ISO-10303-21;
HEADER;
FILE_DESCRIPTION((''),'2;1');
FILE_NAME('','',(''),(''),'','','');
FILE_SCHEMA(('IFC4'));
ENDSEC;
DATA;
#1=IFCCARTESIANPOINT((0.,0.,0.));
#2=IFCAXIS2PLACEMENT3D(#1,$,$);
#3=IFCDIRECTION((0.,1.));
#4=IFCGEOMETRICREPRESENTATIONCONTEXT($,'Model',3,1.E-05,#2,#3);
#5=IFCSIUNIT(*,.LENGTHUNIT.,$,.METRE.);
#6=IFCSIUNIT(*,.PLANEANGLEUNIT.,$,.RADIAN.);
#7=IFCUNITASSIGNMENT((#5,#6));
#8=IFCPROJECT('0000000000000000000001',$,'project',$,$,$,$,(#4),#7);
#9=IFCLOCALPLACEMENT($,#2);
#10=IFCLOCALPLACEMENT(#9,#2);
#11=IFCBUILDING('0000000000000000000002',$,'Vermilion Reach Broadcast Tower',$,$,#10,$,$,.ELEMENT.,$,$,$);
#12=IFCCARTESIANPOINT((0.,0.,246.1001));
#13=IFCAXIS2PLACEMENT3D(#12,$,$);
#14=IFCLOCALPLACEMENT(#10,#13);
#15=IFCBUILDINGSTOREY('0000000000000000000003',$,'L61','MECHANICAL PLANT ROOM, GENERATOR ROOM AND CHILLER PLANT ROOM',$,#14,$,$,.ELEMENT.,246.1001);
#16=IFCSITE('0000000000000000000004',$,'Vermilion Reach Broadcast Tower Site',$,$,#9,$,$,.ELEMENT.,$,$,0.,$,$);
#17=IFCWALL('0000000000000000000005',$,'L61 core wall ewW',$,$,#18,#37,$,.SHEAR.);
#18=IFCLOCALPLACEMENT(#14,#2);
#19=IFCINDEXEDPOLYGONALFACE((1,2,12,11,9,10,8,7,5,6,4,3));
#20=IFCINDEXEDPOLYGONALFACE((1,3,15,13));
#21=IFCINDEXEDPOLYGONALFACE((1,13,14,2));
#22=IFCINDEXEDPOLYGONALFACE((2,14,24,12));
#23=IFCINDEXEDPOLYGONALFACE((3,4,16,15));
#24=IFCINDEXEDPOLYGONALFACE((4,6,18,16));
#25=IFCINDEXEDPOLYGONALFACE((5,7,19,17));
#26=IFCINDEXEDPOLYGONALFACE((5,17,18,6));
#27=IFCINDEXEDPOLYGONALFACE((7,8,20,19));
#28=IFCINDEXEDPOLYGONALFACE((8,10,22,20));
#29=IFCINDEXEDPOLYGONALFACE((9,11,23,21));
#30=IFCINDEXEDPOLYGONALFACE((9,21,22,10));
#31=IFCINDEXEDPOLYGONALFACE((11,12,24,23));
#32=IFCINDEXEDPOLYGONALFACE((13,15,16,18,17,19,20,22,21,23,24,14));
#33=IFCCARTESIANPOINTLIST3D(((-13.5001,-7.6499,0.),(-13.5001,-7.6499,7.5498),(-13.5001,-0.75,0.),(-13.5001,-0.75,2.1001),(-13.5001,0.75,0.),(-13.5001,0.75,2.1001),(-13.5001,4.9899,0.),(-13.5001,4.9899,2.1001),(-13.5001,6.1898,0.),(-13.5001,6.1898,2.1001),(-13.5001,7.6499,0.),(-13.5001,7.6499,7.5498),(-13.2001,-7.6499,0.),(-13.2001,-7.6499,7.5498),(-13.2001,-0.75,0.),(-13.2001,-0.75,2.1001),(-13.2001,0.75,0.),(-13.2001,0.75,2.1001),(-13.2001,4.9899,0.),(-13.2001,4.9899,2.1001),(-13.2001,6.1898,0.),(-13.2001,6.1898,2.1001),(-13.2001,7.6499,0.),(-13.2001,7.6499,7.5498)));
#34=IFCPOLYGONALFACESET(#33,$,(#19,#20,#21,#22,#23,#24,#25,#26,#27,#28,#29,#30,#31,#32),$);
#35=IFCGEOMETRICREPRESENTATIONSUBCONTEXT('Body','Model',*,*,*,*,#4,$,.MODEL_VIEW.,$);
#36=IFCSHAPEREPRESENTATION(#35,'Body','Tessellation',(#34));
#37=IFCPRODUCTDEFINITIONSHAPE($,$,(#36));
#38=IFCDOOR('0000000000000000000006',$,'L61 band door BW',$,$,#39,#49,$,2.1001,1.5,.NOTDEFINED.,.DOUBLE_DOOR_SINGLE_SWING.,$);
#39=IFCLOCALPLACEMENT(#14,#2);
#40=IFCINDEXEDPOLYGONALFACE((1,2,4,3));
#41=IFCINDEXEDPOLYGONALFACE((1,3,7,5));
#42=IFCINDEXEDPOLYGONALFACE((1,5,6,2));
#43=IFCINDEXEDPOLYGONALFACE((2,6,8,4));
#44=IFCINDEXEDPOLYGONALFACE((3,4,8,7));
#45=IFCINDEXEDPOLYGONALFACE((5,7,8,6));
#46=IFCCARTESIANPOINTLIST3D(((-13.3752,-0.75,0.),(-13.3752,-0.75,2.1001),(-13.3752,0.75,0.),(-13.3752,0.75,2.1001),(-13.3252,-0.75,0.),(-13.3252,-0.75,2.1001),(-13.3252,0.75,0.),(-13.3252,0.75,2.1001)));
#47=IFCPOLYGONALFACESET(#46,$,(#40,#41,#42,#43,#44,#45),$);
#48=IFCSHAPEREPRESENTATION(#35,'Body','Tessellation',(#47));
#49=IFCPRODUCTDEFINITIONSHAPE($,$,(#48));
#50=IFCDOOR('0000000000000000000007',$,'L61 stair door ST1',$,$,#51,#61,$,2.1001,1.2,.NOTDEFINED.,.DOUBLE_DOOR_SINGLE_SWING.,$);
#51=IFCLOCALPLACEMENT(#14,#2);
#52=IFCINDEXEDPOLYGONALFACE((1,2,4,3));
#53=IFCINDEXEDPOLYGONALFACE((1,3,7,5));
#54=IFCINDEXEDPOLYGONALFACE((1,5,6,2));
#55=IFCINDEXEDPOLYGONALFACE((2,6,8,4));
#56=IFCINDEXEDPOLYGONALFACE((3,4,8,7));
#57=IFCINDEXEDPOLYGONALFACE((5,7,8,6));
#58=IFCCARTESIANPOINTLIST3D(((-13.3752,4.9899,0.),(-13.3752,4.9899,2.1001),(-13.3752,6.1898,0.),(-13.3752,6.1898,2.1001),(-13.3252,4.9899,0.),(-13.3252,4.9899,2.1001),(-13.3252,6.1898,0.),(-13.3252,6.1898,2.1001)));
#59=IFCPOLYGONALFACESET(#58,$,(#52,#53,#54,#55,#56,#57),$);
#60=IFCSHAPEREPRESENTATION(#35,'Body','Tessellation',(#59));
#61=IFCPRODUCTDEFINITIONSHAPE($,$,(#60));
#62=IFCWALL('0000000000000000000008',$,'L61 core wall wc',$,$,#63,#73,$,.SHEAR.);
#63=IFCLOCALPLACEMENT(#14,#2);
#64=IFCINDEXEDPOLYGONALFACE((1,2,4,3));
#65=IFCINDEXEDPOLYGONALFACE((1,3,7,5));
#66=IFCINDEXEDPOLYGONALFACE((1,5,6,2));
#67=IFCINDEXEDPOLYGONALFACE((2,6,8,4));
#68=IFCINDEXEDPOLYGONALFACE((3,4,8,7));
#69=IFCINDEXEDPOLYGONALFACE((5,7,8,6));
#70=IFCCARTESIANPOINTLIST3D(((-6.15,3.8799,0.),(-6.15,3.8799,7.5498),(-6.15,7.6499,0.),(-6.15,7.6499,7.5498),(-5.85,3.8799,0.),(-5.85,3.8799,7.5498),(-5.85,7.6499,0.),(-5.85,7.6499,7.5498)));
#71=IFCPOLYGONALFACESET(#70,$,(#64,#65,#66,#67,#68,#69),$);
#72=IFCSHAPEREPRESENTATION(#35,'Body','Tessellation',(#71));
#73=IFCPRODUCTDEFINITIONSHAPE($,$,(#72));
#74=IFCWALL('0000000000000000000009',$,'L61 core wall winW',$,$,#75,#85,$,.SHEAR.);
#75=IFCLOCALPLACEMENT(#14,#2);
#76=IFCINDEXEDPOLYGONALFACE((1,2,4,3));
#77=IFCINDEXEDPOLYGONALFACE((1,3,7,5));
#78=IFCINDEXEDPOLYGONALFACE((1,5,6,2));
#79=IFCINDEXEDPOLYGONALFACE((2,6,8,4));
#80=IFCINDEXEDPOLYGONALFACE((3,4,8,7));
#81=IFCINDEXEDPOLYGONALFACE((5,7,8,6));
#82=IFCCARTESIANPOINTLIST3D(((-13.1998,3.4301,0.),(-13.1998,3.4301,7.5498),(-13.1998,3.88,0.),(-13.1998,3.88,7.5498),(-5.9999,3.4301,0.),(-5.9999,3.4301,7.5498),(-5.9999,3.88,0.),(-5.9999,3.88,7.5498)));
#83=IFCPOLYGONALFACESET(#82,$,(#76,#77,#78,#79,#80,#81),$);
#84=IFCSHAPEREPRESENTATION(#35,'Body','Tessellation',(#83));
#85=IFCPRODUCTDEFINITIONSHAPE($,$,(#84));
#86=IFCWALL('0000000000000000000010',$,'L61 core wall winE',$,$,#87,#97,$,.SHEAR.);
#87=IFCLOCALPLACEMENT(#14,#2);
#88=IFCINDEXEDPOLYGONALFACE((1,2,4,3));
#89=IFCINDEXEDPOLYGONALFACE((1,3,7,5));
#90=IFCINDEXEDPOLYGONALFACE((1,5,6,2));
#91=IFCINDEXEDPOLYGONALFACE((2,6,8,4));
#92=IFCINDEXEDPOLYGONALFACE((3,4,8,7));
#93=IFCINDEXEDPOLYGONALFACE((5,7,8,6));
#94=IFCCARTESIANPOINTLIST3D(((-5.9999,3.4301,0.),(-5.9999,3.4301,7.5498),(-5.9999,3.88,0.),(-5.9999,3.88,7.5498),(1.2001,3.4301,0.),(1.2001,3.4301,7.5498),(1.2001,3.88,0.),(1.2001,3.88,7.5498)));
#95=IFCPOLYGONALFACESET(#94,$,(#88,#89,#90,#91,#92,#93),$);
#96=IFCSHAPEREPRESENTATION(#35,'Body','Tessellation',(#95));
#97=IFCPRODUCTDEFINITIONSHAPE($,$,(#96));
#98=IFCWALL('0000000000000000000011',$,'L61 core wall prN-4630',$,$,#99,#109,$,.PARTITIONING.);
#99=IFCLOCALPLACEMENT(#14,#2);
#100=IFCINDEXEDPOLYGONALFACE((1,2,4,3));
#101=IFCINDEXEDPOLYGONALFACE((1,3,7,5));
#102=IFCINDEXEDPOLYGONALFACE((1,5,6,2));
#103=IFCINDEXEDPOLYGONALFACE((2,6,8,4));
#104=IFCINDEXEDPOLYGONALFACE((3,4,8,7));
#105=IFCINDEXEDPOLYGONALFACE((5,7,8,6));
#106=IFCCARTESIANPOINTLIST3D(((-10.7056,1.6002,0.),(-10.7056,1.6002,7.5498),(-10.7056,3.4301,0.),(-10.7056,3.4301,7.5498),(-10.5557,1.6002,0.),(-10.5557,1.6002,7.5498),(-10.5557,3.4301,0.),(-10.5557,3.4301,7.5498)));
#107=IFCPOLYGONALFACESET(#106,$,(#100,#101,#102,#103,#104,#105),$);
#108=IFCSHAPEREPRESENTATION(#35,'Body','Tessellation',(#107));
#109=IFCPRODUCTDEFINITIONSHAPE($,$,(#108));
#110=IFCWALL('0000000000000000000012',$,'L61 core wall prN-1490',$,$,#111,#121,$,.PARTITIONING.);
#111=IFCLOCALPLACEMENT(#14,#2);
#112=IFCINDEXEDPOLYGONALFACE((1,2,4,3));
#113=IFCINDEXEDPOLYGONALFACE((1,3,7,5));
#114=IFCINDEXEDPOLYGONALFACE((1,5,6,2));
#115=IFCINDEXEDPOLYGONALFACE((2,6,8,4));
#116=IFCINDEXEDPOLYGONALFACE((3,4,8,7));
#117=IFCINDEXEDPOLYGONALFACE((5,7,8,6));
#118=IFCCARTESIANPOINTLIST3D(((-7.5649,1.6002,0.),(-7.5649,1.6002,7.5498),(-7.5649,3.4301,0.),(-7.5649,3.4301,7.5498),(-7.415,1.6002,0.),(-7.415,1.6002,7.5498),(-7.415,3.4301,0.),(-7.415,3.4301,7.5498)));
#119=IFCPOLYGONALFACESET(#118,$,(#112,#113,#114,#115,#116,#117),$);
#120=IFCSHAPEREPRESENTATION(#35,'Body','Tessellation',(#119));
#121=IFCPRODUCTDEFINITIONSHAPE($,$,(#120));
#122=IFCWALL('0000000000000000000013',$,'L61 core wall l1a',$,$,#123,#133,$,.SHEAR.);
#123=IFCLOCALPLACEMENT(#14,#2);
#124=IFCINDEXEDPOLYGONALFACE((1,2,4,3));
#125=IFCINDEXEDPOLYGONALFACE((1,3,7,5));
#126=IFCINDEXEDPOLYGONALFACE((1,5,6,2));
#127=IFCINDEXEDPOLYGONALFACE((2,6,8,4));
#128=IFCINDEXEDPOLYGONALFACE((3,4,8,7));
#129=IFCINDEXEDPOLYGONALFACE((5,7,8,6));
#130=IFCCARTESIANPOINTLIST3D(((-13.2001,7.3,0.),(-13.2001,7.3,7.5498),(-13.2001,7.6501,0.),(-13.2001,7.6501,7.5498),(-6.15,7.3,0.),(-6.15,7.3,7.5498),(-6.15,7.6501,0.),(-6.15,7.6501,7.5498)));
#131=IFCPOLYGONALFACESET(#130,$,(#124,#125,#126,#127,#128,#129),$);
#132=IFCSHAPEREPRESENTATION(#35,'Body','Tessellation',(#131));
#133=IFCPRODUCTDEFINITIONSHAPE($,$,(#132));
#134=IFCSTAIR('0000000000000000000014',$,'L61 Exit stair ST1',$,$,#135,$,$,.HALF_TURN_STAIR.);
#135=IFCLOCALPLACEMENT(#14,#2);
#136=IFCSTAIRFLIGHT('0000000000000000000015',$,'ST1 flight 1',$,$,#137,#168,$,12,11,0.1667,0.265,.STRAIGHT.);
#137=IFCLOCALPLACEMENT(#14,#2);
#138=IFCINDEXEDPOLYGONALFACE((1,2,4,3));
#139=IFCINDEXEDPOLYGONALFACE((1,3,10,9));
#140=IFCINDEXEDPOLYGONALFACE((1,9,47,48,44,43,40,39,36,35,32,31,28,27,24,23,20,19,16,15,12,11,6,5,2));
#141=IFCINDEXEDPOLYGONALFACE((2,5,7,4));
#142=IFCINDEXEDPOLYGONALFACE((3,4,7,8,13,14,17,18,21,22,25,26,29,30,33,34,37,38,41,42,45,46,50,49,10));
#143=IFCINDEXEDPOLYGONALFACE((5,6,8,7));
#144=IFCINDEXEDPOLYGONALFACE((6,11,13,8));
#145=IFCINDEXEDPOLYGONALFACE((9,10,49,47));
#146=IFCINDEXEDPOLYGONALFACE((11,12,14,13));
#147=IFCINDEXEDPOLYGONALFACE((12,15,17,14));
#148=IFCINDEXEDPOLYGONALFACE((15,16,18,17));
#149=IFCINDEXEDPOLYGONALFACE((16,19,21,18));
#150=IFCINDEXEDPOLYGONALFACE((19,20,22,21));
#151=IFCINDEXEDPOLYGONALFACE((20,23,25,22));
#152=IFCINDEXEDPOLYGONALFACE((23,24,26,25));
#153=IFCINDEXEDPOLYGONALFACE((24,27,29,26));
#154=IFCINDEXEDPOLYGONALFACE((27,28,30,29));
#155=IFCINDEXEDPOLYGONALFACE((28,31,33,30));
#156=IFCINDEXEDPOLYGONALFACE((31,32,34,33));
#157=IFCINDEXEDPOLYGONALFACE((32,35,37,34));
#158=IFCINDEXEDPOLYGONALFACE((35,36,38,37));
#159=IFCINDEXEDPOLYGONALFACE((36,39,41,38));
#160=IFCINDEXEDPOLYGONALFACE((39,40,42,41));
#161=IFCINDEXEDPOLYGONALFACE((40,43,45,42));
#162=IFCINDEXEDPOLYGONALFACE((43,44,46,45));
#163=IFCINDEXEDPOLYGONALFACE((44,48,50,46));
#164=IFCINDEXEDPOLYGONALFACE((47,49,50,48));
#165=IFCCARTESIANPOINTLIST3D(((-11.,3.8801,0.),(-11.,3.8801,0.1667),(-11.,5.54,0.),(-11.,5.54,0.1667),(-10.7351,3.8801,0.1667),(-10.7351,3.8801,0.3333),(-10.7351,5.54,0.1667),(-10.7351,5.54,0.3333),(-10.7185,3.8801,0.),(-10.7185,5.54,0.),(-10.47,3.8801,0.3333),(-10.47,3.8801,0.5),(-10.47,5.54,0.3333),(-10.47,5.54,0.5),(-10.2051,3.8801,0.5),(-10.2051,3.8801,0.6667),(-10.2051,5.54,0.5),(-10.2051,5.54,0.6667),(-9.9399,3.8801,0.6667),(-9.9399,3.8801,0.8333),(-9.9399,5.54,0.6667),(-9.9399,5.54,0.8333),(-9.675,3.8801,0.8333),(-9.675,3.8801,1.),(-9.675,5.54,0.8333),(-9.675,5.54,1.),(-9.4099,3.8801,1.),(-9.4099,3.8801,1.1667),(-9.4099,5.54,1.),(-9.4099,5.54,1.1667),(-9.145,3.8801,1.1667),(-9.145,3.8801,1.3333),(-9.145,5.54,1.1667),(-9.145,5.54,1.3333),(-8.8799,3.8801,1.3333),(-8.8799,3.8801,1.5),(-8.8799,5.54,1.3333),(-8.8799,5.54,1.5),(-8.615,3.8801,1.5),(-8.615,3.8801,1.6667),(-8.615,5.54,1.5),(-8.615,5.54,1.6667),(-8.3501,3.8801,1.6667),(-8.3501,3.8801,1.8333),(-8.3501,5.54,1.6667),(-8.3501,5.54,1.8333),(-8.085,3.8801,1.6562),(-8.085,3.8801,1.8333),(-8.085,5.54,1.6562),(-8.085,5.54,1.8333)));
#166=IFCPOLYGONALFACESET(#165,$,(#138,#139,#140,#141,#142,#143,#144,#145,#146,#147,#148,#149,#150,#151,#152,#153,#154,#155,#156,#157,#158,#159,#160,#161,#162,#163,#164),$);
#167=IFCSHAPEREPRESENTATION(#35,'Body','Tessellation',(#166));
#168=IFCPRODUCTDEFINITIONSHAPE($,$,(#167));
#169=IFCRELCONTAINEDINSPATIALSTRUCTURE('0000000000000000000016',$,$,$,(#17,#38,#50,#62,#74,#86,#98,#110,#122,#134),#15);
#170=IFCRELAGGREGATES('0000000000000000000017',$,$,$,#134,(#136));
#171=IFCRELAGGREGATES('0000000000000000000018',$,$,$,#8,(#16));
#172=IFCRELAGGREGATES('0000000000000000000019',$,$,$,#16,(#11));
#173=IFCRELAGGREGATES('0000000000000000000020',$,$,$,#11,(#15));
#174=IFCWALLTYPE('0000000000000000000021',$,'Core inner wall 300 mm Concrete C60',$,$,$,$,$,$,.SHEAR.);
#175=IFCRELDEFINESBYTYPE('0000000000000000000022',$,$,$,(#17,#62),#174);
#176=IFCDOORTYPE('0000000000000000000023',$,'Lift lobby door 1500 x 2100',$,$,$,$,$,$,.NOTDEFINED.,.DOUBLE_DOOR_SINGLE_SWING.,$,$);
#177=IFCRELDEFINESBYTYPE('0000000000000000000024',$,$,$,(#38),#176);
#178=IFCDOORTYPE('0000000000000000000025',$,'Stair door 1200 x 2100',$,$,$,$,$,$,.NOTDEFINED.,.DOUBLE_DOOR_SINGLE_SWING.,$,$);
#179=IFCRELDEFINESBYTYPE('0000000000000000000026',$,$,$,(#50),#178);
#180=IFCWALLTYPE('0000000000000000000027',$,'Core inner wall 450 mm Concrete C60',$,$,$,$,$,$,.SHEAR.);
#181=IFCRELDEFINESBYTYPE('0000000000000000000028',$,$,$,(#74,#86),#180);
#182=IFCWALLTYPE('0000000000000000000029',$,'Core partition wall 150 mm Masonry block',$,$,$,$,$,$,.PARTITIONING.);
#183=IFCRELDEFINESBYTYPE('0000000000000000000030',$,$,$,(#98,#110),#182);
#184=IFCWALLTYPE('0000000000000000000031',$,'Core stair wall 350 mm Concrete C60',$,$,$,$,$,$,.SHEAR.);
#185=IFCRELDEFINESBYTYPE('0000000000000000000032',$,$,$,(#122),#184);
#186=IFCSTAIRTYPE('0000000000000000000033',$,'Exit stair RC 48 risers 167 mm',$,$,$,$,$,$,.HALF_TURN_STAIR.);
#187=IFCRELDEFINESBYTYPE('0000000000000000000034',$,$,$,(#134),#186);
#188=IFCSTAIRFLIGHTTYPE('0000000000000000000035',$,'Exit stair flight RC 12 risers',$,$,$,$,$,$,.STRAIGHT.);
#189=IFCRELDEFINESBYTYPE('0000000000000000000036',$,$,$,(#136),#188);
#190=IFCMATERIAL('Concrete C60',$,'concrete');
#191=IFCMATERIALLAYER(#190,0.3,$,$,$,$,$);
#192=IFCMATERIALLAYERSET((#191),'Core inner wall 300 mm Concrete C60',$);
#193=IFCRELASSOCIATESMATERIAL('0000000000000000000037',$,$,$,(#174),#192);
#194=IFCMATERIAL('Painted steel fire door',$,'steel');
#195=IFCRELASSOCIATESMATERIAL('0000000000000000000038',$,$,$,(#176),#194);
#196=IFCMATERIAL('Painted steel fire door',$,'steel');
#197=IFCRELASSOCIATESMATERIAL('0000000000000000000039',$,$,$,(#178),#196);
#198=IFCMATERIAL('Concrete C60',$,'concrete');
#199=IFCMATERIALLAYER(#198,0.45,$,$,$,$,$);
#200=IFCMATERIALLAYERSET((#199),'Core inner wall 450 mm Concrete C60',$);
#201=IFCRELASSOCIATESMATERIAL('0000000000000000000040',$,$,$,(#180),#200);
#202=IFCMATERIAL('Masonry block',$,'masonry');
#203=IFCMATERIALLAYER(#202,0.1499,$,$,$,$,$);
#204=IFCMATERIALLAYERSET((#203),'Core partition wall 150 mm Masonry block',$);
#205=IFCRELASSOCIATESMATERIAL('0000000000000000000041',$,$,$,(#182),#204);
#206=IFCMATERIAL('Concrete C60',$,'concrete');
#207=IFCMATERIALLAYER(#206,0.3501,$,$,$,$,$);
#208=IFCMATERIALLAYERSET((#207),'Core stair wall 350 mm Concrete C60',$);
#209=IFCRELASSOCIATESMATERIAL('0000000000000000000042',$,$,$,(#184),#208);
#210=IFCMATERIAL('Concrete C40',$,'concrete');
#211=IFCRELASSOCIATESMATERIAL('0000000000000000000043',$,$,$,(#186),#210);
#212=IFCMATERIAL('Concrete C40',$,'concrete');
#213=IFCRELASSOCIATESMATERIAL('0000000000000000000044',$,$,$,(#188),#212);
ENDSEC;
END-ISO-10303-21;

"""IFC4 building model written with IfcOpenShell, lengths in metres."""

from ifc_helpers import new_model, si_unit, direction, frame, frame_2d, origin, place, context, subcontext, project, spatial, polyline, rectangle, outline, extrude, material, layer, layer_set, type_object, element, fill, aggregate, save


model = new_model("IFC4")

# Units and contexts
model_context = context("Model", 3, precision=1e-05, world=origin(), true_north=direction((0.0, 1.0)))
body_context = subcontext(model_context, "Body", "Model", "MODEL_VIEW")
ifc_project = project(units=[si_unit("LENGTHUNIT", "METRE"), si_unit("PLANEANGLEUNIT", "RADIAN")], contexts=[model_context])

# Site, building, storey
site_placement = place(None, origin())
site = spatial("IfcSite", under=ifc_project, at=site_placement, Name="Vermilion Reach Broadcast Tower Site", CompositionType="ELEMENT", RefElevation=0.0)
building_placement = place(site_placement, origin())
building = spatial("IfcBuilding", under=site, at=building_placement, Name="Vermilion Reach Broadcast Tower", CompositionType="ELEMENT")
storey_placement = place(building_placement, frame((0.0, 0.0, 246.1001)))
storey = spatial("IfcBuildingStorey", under=building, at=storey_placement, Name="L61", Description="MECHANICAL PLANT ROOM, GENERATOR ROOM AND CHILLER PLANT ROOM", CompositionType="ELEMENT", Elevation=246.1001)

# Wall, openings, doors
ifc_material_1 = material(Name="Concrete C60", Category="concrete")
ifc_layer_1 = layer(ifc_material_1, 0.3)
ifc_layer_set_1 = layer_set([ifc_layer_1], Name="Core inner wall 300 mm Concrete C60")
wall_type_1 = type_object("IfcWallType", Name="Core inner wall 300 mm Concrete C60", PredefinedType="SHEAR", material=ifc_layer_set_1)
wall_1_placement = place(storey_placement, frame((-13.3501, 7.6499, 0.0), z_axis=(0.0, 0.0, 1.0), x_axis=(0.0, -1.0, 0.0)))
wall_1 = element("IfcWall", 1, at=wall_1_placement, inside=storey, type_object=wall_type_1, Name="L61 core wall ewW", PredefinedType="SHEAR", context=body_context, shape_type="SweptSolid", body=[
    extrude(rectangle(XDim=15.2998, YDim=0.3, at=frame_2d((7.6499, 0.0))), origin(), (0.0, 0.0, 1.0), 7.5498),
])
opening_1_placement = place(wall_1_placement, frame((1.46, 0.0, 0.0)))
opening_1 = element("IfcOpeningElement", 2, at=opening_1_placement, cuts=wall_1, PredefinedType="OPENING", context=body_context, shape_type="SweptSolid", body=[
    extrude(rectangle(XDim=1.2, YDim=2.1001, at=frame_2d((0.6001, 1.05))), frame((0.0, 0.1599, 0.0), z_axis=(0.0, -1.0, 0.0), x_axis=(1.0, 0.0, 0.0)), (0.0, 0.0, 1.0), 0.3201),
])
opening_2_placement = place(wall_1_placement, frame((6.8999, 0.0, 0.0)))
opening_2 = element("IfcOpeningElement", 3, at=opening_2_placement, cuts=wall_1, PredefinedType="OPENING", context=body_context, shape_type="SweptSolid", body=[
    extrude(rectangle(XDim=1.5, YDim=2.1001, at=frame_2d((0.75, 1.05))), frame((0.0, 0.1599, 0.0), z_axis=(0.0, -1.0, 0.0), x_axis=(1.0, 0.0, 0.0)), (0.0, 0.0, 1.0), 0.3201),
])
ifc_material_2 = material(Name="Painted steel fire door", Category="steel")
door_type_1 = type_object("IfcDoorType", Name="Lift lobby door 1500 x 2100", OperationType="DOUBLE_DOOR_SINGLE_SWING", PredefinedType="NOTDEFINED", material=ifc_material_2)
door_1_placement = place(opening_2_placement, origin())
door_1 = element("IfcDoor", 4, at=door_1_placement, inside=storey, type_object=door_type_1, Name="L61 band door BW", OperationType="DOUBLE_DOOR_SINGLE_SWING", OverallHeight=2.1001, OverallWidth=1.5, PredefinedType="NOTDEFINED", context=body_context, shape_type="SweptSolid", body=[
    extrude(rectangle(XDim=1.5, YDim=2.1001, at=frame_2d((0.75, 1.05))), frame((0.0, 0.0249, 0.0), z_axis=(0.0, -1.0, 0.0), x_axis=(1.0, 0.0, 0.0)), (0.0, 0.0, 1.0), 0.05),
])
fill(opening_2, door_1)
ifc_material_3 = material(Name="Painted steel fire door", Category="steel")
door_type_2 = type_object("IfcDoorType", Name="Stair door 1200 x 2100", OperationType="DOUBLE_DOOR_SINGLE_SWING", PredefinedType="NOTDEFINED", material=ifc_material_3)
door_2_placement = place(opening_1_placement, origin())
door_2 = element("IfcDoor", 5, at=door_2_placement, inside=storey, type_object=door_type_2, Name="L61 stair door ST1", OperationType="DOUBLE_DOOR_SINGLE_SWING", OverallHeight=2.1001, OverallWidth=1.2, PredefinedType="NOTDEFINED", context=body_context, shape_type="SweptSolid", body=[
    extrude(rectangle(XDim=1.2, YDim=2.1001, at=frame_2d((0.6001, 1.05))), frame((0.0, 0.0249, 0.0), z_axis=(0.0, -1.0, 0.0), x_axis=(1.0, 0.0, 0.0)), (0.0, 0.0, 1.0), 0.05),
])
fill(opening_1, door_2)

# Walls
wall_2_placement = place(storey_placement, frame((-6.0, 3.8799, 0.0), z_axis=(0.0, 0.0, 1.0), x_axis=(0.0, 1.0, 0.0)))
element("IfcWall", 6, at=wall_2_placement, inside=storey, type_object=wall_type_1, Name="L61 core wall wc", PredefinedType="SHEAR", context=body_context, shape_type="SweptSolid", body=[
    extrude(rectangle(XDim=3.77, YDim=0.3, at=frame_2d((1.885, 0.0))), origin(), (0.0, 0.0, 1.0), 7.5498),
])
ifc_material_4 = material(Name="Concrete C60", Category="concrete")
ifc_layer_2 = layer(ifc_material_4, 0.45)
ifc_layer_set_2 = layer_set([ifc_layer_2], Name="Core inner wall 450 mm Concrete C60")
wall_type_2 = type_object("IfcWallType", Name="Core inner wall 450 mm Concrete C60", PredefinedType="SHEAR", material=ifc_layer_set_2)
for number, where, z_axis, x_axis, name in (
    (7, (-13.2, 3.655, 0.0), (0.0, 0.0, 1.0), (1.0, 0.0, 0.0), "L61 core wall winW"),
    (8, (-6.0, 3.655, 0.0), (0.0, 0.0, 1.0), (1.0, 0.0, 0.0), "L61 core wall winE"),
):
    element("IfcWall", number, at=place(storey_placement, frame(where, z_axis=z_axis, x_axis=x_axis)), inside=storey, type_object=wall_type_2, Name=name, PredefinedType="SHEAR", context=body_context, shape_type="SweptSolid", body=[
        extrude(rectangle(XDim=7.2, YDim=0.45, at=frame_2d((3.6001, 0.0))), origin(), (0.0, 0.0, 1.0), 7.5498),
    ])
ifc_material_5 = material(Name="Masonry block", Category="masonry")
ifc_layer_3 = layer(ifc_material_5, 0.1499)
ifc_layer_set_3 = layer_set([ifc_layer_3], Name="Core partition wall 150 mm Masonry block")
wall_type_3 = type_object("IfcWallType", Name="Core partition wall 150 mm Masonry block", PredefinedType="PARTITIONING", material=ifc_layer_set_3)
for number, where, z_axis, x_axis, name in (
    (9, (-10.6306, 1.6001, 0.0), (0.0, 0.0, 1.0), (0.0, 1.0, 0.0), "L61 core wall prN-4630"),
    (10, (-7.49, 1.6001, 0.0), (0.0, 0.0, 1.0), (0.0, 1.0, 0.0), "L61 core wall prN-1490"),
):
    element("IfcWall", number, at=place(storey_placement, frame(where, z_axis=z_axis, x_axis=x_axis)), inside=storey, type_object=wall_type_3, Name=name, PredefinedType="PARTITIONING", context=body_context, shape_type="SweptSolid", body=[
        extrude(rectangle(XDim=1.8298, YDim=0.1499, at=frame_2d((0.915, 0.0))), origin(), (0.0, 0.0, 1.0), 7.5498),
    ])
ifc_material_6 = material(Name="Concrete C60", Category="concrete")
ifc_layer_4 = layer(ifc_material_6, 0.3501)
ifc_layer_set_4 = layer_set([ifc_layer_4], Name="Core stair wall 350 mm Concrete C60")
wall_type_4 = type_object("IfcWallType", Name="Core stair wall 350 mm Concrete C60", PredefinedType="SHEAR", material=ifc_layer_set_4)
wall_3_placement = place(storey_placement, frame((-13.2, 7.4751, 0.0), z_axis=(0.0, 0.0, 1.0), x_axis=(1.0, 0.0, 0.0)))
element("IfcWall", 11, at=wall_3_placement, inside=storey, type_object=wall_type_4, Name="L61 core wall l1a", PredefinedType="SHEAR", context=body_context, shape_type="SweptSolid", body=[
    extrude(rectangle(XDim=7.05, YDim=0.3501, at=frame_2d((3.5249, 0.0))), origin(), (0.0, 0.0, 1.0), 7.5498),
])

# Stair, stair flight
ifc_material_7 = material(Name="Concrete C40", Category="concrete")
stair_type = type_object("IfcStairType", Name="Exit stair RC 48 risers 167 mm", PredefinedType="HALF_TURN_STAIR", material=ifc_material_7)
stair_placement = place(storey_placement, origin())
stair = element("IfcStair", 12, at=stair_placement, inside=storey, type_object=stair_type, Name="L61 Exit stair ST1", PredefinedType="HALF_TURN_STAIR")
ifc_material_8 = material(Name="Concrete C40", Category="concrete")
stair_flight_type = type_object("IfcStairFlightType", Name="Exit stair flight RC 12 risers", PredefinedType="STRAIGHT", material=ifc_material_8)
stair_flight_1_placement = place(storey_placement, frame((-11.0, 4.71, 0.0), z_axis=(0.0, 0.0, 1.0), x_axis=(1.0, 0.0, 0.0)))
stair_flight_1 = element("IfcStairFlight", 13, at=stair_flight_1_placement, type_object=stair_flight_type, Name="ST1 flight 1", NumberOfRisers=12, NumberOfTreads=11, PredefinedType="STRAIGHT", RiserHeight=0.1667, TreadLength=0.265, context=body_context, shape_type="SweptSolid", body=[
    extrude(outline(polyline([(0.0, 0.0), (0.0, 0.1667), (0.2649, 0.1667), (0.2649, 0.3333), (0.53, 0.3333), (0.53, 0.5), (0.7949, 0.5), (0.7949, 0.6667), (1.0601, 0.6667), (1.0601, 0.8333), (1.325, 0.8333), (1.325, 1.0), (1.5901, 1.0), (1.5901, 1.1667), (1.855, 1.1667), (1.855, 1.3333), (2.1201, 1.3333), (2.1201, 1.5), (2.385, 1.5), (2.385, 1.6667), (2.6499, 1.6667), (2.6499, 1.8333), (2.915, 1.8333), (2.915, 2.0), (2.915, 1.6562), (0.2815, 0.0), (0.0, 0.0)])), frame((0.0, 0.8301, 0.0), z_axis=(0.0, -1.0, 0.0), x_axis=(1.0, 0.0, 0.0)), (0.0, 0.0, 1.0), 1.6599),
])
aggregate(stair, [stair_flight_1])

save(model, "model.ifc")
